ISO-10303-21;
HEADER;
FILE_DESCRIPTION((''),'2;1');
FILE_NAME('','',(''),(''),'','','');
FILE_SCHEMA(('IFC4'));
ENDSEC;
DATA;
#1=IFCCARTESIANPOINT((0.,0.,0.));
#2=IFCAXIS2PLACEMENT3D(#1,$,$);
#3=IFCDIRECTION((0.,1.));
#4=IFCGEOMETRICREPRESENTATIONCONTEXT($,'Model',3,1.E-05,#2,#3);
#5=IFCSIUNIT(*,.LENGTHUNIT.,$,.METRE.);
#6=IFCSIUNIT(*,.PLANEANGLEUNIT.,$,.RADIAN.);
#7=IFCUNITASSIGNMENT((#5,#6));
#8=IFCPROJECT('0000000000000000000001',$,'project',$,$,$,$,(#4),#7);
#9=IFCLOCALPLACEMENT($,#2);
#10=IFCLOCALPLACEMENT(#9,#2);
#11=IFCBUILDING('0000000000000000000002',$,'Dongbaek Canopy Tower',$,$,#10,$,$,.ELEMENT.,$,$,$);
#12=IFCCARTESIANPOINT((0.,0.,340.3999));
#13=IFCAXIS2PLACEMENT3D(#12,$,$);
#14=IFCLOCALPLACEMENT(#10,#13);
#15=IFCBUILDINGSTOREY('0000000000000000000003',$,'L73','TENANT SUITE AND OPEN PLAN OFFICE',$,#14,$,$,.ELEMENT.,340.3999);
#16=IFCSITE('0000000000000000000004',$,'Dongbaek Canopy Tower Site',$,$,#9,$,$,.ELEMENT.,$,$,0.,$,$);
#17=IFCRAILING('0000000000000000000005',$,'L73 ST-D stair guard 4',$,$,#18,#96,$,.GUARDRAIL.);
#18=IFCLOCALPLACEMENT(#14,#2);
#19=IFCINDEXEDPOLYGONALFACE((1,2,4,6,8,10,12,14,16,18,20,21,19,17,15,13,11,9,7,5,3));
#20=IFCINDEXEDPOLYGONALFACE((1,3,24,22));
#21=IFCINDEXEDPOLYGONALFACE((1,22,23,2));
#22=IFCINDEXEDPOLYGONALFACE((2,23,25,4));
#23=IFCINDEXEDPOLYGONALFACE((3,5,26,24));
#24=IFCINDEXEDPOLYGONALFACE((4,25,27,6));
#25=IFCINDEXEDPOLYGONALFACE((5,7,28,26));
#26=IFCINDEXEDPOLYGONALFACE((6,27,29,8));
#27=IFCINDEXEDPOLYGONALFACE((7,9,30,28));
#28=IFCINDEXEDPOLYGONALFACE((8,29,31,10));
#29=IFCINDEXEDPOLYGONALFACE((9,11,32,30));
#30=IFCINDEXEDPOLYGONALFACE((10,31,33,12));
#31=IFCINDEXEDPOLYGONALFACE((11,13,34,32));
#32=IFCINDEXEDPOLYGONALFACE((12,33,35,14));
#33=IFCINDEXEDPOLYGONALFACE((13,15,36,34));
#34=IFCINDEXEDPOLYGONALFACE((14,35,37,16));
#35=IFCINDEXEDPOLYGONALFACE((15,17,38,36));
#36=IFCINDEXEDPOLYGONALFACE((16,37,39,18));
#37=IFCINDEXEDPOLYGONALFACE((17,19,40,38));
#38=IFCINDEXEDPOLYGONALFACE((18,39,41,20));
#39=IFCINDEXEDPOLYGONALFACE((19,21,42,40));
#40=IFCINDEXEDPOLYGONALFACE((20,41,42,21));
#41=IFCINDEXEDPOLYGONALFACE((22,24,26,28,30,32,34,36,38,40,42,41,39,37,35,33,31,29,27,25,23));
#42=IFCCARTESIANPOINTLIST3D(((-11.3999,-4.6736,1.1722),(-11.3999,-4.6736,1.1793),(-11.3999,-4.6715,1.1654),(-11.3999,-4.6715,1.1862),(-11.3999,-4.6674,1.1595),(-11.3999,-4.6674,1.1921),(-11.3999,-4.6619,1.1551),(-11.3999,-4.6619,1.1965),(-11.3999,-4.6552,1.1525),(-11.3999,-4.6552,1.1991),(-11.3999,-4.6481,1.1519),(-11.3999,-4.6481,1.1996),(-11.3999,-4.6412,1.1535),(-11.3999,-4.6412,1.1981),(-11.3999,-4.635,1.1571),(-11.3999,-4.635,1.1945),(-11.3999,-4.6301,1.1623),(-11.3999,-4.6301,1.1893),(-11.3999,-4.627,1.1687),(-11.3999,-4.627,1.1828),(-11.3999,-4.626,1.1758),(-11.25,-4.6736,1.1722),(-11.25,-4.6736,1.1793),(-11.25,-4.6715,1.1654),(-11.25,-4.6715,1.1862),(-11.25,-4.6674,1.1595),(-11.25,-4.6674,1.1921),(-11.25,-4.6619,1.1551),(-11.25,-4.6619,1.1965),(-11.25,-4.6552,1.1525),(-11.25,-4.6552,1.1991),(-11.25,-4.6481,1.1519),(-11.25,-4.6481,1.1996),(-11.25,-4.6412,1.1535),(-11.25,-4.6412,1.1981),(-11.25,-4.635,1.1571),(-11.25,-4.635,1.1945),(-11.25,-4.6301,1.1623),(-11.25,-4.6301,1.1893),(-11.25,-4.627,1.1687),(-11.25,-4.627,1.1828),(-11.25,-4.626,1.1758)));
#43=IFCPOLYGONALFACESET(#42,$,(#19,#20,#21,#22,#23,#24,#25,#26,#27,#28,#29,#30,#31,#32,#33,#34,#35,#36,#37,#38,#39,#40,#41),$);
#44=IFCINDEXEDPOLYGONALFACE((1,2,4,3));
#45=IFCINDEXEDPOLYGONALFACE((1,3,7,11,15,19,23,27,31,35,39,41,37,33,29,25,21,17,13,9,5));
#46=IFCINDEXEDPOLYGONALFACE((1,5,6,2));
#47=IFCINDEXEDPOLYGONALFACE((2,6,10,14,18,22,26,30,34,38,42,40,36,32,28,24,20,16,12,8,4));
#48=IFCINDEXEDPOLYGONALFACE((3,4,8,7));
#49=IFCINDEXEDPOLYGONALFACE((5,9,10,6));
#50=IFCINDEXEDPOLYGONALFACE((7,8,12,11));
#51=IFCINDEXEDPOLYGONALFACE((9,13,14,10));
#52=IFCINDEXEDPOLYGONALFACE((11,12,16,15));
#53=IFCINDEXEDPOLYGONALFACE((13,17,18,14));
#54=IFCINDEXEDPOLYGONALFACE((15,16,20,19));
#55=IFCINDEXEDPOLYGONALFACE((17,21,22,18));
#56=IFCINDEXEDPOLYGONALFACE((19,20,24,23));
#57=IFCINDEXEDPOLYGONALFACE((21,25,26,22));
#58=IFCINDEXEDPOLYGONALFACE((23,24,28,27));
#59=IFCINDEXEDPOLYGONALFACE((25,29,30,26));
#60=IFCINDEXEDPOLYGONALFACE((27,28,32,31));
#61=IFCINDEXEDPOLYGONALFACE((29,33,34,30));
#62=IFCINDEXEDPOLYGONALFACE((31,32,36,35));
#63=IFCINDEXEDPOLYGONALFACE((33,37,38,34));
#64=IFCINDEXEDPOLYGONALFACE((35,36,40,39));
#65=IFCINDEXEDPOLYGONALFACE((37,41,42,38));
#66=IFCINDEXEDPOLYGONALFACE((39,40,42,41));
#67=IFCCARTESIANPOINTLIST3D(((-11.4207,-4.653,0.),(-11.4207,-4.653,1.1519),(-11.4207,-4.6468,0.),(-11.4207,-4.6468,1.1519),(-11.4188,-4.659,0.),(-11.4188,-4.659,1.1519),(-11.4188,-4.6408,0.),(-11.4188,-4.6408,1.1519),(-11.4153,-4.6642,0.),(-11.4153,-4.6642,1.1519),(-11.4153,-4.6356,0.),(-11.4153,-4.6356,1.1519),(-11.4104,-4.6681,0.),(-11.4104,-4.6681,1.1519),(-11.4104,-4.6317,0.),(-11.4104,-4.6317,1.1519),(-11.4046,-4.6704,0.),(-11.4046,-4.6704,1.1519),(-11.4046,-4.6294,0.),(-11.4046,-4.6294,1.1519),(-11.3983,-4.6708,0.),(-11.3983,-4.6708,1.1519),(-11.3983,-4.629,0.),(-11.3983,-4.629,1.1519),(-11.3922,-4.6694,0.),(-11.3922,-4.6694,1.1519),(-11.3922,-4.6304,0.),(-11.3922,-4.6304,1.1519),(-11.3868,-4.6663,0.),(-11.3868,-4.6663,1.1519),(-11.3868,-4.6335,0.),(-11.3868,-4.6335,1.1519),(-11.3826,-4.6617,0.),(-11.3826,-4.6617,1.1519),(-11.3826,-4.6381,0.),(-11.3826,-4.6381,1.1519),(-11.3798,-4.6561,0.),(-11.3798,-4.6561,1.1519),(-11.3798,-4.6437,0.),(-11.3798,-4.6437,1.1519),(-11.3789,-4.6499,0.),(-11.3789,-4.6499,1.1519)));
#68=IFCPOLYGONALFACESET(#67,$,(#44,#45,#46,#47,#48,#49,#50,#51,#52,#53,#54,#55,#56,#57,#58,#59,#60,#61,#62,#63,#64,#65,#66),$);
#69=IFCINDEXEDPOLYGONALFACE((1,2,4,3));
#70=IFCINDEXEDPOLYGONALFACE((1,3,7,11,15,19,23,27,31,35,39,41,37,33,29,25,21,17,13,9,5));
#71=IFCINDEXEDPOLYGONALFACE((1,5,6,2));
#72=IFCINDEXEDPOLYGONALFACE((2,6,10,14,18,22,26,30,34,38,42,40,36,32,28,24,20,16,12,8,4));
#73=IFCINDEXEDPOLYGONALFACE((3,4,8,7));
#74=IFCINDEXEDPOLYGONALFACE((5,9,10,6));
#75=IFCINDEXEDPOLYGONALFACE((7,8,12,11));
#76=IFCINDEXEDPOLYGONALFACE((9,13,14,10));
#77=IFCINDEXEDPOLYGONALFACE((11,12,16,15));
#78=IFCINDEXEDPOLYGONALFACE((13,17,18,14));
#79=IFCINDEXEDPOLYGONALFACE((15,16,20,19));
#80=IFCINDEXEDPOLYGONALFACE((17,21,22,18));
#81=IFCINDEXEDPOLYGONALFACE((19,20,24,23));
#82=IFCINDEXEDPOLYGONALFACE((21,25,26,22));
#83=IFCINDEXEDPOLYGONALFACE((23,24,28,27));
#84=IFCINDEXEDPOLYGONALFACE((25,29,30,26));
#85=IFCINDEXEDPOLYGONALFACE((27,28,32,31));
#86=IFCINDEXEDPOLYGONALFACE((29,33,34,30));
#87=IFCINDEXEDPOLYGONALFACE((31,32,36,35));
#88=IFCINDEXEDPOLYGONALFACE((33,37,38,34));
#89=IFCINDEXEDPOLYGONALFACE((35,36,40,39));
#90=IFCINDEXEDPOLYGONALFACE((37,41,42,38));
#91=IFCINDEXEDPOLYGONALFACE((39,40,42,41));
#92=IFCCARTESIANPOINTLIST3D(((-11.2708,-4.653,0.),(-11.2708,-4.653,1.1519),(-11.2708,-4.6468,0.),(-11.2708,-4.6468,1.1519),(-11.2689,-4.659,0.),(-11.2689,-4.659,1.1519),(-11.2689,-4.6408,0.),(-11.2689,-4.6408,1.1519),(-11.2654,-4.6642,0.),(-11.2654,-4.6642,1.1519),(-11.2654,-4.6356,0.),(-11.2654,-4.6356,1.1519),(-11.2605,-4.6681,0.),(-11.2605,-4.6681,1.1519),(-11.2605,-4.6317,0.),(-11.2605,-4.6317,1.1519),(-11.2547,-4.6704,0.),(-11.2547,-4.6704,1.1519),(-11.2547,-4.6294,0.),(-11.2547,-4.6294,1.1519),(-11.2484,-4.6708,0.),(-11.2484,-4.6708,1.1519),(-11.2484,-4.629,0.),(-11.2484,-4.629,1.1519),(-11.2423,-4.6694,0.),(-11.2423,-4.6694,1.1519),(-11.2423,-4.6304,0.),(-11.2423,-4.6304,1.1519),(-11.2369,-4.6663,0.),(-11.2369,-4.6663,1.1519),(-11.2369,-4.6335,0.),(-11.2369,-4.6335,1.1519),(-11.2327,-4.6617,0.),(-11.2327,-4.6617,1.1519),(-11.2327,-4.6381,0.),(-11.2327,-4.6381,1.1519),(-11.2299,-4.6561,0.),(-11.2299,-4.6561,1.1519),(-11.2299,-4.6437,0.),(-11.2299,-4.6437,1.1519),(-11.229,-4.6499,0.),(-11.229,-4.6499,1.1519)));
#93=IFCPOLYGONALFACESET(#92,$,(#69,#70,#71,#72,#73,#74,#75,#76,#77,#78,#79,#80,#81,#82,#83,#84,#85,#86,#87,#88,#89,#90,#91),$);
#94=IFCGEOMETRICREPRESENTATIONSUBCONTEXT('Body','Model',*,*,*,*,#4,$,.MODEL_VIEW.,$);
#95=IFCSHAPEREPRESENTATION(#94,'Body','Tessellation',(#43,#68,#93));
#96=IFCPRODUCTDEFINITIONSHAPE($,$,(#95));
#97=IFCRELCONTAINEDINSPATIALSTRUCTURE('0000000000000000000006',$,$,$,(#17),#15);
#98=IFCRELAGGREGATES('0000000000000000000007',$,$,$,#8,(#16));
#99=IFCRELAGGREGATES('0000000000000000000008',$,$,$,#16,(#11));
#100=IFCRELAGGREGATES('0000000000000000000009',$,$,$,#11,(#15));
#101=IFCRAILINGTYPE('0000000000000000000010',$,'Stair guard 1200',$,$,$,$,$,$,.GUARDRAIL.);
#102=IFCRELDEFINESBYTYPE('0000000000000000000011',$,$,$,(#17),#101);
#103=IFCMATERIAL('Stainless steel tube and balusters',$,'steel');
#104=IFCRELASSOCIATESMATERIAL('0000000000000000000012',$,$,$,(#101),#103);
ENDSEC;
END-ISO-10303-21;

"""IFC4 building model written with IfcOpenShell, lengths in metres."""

from ifc_helpers import new_model, si_unit, direction, frame, origin, origin_2d, place, context, subcontext, project, spatial, circle, extrude, material, type_object, element, save


model = new_model("IFC4")

# Units and contexts
model_context = context("Model", 3, precision=1e-05, world=origin(), true_north=direction((0.0, 1.0)))
body_context = subcontext(model_context, "Body", "Model", "MODEL_VIEW")
ifc_project = project(units=[si_unit("LENGTHUNIT", "METRE"), si_unit("PLANEANGLEUNIT", "RADIAN")], contexts=[model_context])

# Site, building, storey
site_placement = place(None, origin())
site = spatial("IfcSite", under=ifc_project, at=site_placement, Name="Dongbaek Canopy Tower Site", CompositionType="ELEMENT", RefElevation=0.0)
building_placement = place(site_placement, origin())
building = spatial("IfcBuilding", under=site, at=building_placement, Name="Dongbaek Canopy Tower", CompositionType="ELEMENT")
storey_placement = place(building_placement, frame((0.0, 0.0, 340.3999)))
storey = spatial("IfcBuildingStorey", under=building, at=storey_placement, Name="L73", Description="TENANT SUITE AND OPEN PLAN OFFICE", CompositionType="ELEMENT", Elevation=340.3999)

# Railing
ifc_material_1 = material(Name="Stainless steel tube and balusters", Category="steel")
railing_type_1 = type_object("IfcRailingType", Name="Stair guard 1200", PredefinedType="GUARDRAIL", material=ifc_material_1)
railing_1_placement = place(storey_placement, frame((-11.3999, -4.6499, 0.0)))
element("IfcRailing", 1, at=railing_1_placement, inside=storey, type_object=railing_type_1, Name="L73 ST-D stair guard 4", PredefinedType="GUARDRAIL", context=body_context, shape_type="SweptSolid", body=[
    extrude(circle(Radius=0.0239, at=origin_2d()), frame((0.0, 0.0, 1.1758), z_axis=(1.0, 0.0, 0.0), x_axis=(0.0, 1.0, 0.0)), (0.0, 0.0, 1.0), 0.1499),
    extrude(circle(Radius=0.021, at=origin_2d()), origin(), (0.0, 0.0, 1.0), 1.1519),
    extrude(circle(Radius=0.021, at=origin_2d()), frame((0.1499, 0.0, 0.0)), (0.0, 0.0, 1.0), 1.1519),
])

save(model, "model.ifc")
